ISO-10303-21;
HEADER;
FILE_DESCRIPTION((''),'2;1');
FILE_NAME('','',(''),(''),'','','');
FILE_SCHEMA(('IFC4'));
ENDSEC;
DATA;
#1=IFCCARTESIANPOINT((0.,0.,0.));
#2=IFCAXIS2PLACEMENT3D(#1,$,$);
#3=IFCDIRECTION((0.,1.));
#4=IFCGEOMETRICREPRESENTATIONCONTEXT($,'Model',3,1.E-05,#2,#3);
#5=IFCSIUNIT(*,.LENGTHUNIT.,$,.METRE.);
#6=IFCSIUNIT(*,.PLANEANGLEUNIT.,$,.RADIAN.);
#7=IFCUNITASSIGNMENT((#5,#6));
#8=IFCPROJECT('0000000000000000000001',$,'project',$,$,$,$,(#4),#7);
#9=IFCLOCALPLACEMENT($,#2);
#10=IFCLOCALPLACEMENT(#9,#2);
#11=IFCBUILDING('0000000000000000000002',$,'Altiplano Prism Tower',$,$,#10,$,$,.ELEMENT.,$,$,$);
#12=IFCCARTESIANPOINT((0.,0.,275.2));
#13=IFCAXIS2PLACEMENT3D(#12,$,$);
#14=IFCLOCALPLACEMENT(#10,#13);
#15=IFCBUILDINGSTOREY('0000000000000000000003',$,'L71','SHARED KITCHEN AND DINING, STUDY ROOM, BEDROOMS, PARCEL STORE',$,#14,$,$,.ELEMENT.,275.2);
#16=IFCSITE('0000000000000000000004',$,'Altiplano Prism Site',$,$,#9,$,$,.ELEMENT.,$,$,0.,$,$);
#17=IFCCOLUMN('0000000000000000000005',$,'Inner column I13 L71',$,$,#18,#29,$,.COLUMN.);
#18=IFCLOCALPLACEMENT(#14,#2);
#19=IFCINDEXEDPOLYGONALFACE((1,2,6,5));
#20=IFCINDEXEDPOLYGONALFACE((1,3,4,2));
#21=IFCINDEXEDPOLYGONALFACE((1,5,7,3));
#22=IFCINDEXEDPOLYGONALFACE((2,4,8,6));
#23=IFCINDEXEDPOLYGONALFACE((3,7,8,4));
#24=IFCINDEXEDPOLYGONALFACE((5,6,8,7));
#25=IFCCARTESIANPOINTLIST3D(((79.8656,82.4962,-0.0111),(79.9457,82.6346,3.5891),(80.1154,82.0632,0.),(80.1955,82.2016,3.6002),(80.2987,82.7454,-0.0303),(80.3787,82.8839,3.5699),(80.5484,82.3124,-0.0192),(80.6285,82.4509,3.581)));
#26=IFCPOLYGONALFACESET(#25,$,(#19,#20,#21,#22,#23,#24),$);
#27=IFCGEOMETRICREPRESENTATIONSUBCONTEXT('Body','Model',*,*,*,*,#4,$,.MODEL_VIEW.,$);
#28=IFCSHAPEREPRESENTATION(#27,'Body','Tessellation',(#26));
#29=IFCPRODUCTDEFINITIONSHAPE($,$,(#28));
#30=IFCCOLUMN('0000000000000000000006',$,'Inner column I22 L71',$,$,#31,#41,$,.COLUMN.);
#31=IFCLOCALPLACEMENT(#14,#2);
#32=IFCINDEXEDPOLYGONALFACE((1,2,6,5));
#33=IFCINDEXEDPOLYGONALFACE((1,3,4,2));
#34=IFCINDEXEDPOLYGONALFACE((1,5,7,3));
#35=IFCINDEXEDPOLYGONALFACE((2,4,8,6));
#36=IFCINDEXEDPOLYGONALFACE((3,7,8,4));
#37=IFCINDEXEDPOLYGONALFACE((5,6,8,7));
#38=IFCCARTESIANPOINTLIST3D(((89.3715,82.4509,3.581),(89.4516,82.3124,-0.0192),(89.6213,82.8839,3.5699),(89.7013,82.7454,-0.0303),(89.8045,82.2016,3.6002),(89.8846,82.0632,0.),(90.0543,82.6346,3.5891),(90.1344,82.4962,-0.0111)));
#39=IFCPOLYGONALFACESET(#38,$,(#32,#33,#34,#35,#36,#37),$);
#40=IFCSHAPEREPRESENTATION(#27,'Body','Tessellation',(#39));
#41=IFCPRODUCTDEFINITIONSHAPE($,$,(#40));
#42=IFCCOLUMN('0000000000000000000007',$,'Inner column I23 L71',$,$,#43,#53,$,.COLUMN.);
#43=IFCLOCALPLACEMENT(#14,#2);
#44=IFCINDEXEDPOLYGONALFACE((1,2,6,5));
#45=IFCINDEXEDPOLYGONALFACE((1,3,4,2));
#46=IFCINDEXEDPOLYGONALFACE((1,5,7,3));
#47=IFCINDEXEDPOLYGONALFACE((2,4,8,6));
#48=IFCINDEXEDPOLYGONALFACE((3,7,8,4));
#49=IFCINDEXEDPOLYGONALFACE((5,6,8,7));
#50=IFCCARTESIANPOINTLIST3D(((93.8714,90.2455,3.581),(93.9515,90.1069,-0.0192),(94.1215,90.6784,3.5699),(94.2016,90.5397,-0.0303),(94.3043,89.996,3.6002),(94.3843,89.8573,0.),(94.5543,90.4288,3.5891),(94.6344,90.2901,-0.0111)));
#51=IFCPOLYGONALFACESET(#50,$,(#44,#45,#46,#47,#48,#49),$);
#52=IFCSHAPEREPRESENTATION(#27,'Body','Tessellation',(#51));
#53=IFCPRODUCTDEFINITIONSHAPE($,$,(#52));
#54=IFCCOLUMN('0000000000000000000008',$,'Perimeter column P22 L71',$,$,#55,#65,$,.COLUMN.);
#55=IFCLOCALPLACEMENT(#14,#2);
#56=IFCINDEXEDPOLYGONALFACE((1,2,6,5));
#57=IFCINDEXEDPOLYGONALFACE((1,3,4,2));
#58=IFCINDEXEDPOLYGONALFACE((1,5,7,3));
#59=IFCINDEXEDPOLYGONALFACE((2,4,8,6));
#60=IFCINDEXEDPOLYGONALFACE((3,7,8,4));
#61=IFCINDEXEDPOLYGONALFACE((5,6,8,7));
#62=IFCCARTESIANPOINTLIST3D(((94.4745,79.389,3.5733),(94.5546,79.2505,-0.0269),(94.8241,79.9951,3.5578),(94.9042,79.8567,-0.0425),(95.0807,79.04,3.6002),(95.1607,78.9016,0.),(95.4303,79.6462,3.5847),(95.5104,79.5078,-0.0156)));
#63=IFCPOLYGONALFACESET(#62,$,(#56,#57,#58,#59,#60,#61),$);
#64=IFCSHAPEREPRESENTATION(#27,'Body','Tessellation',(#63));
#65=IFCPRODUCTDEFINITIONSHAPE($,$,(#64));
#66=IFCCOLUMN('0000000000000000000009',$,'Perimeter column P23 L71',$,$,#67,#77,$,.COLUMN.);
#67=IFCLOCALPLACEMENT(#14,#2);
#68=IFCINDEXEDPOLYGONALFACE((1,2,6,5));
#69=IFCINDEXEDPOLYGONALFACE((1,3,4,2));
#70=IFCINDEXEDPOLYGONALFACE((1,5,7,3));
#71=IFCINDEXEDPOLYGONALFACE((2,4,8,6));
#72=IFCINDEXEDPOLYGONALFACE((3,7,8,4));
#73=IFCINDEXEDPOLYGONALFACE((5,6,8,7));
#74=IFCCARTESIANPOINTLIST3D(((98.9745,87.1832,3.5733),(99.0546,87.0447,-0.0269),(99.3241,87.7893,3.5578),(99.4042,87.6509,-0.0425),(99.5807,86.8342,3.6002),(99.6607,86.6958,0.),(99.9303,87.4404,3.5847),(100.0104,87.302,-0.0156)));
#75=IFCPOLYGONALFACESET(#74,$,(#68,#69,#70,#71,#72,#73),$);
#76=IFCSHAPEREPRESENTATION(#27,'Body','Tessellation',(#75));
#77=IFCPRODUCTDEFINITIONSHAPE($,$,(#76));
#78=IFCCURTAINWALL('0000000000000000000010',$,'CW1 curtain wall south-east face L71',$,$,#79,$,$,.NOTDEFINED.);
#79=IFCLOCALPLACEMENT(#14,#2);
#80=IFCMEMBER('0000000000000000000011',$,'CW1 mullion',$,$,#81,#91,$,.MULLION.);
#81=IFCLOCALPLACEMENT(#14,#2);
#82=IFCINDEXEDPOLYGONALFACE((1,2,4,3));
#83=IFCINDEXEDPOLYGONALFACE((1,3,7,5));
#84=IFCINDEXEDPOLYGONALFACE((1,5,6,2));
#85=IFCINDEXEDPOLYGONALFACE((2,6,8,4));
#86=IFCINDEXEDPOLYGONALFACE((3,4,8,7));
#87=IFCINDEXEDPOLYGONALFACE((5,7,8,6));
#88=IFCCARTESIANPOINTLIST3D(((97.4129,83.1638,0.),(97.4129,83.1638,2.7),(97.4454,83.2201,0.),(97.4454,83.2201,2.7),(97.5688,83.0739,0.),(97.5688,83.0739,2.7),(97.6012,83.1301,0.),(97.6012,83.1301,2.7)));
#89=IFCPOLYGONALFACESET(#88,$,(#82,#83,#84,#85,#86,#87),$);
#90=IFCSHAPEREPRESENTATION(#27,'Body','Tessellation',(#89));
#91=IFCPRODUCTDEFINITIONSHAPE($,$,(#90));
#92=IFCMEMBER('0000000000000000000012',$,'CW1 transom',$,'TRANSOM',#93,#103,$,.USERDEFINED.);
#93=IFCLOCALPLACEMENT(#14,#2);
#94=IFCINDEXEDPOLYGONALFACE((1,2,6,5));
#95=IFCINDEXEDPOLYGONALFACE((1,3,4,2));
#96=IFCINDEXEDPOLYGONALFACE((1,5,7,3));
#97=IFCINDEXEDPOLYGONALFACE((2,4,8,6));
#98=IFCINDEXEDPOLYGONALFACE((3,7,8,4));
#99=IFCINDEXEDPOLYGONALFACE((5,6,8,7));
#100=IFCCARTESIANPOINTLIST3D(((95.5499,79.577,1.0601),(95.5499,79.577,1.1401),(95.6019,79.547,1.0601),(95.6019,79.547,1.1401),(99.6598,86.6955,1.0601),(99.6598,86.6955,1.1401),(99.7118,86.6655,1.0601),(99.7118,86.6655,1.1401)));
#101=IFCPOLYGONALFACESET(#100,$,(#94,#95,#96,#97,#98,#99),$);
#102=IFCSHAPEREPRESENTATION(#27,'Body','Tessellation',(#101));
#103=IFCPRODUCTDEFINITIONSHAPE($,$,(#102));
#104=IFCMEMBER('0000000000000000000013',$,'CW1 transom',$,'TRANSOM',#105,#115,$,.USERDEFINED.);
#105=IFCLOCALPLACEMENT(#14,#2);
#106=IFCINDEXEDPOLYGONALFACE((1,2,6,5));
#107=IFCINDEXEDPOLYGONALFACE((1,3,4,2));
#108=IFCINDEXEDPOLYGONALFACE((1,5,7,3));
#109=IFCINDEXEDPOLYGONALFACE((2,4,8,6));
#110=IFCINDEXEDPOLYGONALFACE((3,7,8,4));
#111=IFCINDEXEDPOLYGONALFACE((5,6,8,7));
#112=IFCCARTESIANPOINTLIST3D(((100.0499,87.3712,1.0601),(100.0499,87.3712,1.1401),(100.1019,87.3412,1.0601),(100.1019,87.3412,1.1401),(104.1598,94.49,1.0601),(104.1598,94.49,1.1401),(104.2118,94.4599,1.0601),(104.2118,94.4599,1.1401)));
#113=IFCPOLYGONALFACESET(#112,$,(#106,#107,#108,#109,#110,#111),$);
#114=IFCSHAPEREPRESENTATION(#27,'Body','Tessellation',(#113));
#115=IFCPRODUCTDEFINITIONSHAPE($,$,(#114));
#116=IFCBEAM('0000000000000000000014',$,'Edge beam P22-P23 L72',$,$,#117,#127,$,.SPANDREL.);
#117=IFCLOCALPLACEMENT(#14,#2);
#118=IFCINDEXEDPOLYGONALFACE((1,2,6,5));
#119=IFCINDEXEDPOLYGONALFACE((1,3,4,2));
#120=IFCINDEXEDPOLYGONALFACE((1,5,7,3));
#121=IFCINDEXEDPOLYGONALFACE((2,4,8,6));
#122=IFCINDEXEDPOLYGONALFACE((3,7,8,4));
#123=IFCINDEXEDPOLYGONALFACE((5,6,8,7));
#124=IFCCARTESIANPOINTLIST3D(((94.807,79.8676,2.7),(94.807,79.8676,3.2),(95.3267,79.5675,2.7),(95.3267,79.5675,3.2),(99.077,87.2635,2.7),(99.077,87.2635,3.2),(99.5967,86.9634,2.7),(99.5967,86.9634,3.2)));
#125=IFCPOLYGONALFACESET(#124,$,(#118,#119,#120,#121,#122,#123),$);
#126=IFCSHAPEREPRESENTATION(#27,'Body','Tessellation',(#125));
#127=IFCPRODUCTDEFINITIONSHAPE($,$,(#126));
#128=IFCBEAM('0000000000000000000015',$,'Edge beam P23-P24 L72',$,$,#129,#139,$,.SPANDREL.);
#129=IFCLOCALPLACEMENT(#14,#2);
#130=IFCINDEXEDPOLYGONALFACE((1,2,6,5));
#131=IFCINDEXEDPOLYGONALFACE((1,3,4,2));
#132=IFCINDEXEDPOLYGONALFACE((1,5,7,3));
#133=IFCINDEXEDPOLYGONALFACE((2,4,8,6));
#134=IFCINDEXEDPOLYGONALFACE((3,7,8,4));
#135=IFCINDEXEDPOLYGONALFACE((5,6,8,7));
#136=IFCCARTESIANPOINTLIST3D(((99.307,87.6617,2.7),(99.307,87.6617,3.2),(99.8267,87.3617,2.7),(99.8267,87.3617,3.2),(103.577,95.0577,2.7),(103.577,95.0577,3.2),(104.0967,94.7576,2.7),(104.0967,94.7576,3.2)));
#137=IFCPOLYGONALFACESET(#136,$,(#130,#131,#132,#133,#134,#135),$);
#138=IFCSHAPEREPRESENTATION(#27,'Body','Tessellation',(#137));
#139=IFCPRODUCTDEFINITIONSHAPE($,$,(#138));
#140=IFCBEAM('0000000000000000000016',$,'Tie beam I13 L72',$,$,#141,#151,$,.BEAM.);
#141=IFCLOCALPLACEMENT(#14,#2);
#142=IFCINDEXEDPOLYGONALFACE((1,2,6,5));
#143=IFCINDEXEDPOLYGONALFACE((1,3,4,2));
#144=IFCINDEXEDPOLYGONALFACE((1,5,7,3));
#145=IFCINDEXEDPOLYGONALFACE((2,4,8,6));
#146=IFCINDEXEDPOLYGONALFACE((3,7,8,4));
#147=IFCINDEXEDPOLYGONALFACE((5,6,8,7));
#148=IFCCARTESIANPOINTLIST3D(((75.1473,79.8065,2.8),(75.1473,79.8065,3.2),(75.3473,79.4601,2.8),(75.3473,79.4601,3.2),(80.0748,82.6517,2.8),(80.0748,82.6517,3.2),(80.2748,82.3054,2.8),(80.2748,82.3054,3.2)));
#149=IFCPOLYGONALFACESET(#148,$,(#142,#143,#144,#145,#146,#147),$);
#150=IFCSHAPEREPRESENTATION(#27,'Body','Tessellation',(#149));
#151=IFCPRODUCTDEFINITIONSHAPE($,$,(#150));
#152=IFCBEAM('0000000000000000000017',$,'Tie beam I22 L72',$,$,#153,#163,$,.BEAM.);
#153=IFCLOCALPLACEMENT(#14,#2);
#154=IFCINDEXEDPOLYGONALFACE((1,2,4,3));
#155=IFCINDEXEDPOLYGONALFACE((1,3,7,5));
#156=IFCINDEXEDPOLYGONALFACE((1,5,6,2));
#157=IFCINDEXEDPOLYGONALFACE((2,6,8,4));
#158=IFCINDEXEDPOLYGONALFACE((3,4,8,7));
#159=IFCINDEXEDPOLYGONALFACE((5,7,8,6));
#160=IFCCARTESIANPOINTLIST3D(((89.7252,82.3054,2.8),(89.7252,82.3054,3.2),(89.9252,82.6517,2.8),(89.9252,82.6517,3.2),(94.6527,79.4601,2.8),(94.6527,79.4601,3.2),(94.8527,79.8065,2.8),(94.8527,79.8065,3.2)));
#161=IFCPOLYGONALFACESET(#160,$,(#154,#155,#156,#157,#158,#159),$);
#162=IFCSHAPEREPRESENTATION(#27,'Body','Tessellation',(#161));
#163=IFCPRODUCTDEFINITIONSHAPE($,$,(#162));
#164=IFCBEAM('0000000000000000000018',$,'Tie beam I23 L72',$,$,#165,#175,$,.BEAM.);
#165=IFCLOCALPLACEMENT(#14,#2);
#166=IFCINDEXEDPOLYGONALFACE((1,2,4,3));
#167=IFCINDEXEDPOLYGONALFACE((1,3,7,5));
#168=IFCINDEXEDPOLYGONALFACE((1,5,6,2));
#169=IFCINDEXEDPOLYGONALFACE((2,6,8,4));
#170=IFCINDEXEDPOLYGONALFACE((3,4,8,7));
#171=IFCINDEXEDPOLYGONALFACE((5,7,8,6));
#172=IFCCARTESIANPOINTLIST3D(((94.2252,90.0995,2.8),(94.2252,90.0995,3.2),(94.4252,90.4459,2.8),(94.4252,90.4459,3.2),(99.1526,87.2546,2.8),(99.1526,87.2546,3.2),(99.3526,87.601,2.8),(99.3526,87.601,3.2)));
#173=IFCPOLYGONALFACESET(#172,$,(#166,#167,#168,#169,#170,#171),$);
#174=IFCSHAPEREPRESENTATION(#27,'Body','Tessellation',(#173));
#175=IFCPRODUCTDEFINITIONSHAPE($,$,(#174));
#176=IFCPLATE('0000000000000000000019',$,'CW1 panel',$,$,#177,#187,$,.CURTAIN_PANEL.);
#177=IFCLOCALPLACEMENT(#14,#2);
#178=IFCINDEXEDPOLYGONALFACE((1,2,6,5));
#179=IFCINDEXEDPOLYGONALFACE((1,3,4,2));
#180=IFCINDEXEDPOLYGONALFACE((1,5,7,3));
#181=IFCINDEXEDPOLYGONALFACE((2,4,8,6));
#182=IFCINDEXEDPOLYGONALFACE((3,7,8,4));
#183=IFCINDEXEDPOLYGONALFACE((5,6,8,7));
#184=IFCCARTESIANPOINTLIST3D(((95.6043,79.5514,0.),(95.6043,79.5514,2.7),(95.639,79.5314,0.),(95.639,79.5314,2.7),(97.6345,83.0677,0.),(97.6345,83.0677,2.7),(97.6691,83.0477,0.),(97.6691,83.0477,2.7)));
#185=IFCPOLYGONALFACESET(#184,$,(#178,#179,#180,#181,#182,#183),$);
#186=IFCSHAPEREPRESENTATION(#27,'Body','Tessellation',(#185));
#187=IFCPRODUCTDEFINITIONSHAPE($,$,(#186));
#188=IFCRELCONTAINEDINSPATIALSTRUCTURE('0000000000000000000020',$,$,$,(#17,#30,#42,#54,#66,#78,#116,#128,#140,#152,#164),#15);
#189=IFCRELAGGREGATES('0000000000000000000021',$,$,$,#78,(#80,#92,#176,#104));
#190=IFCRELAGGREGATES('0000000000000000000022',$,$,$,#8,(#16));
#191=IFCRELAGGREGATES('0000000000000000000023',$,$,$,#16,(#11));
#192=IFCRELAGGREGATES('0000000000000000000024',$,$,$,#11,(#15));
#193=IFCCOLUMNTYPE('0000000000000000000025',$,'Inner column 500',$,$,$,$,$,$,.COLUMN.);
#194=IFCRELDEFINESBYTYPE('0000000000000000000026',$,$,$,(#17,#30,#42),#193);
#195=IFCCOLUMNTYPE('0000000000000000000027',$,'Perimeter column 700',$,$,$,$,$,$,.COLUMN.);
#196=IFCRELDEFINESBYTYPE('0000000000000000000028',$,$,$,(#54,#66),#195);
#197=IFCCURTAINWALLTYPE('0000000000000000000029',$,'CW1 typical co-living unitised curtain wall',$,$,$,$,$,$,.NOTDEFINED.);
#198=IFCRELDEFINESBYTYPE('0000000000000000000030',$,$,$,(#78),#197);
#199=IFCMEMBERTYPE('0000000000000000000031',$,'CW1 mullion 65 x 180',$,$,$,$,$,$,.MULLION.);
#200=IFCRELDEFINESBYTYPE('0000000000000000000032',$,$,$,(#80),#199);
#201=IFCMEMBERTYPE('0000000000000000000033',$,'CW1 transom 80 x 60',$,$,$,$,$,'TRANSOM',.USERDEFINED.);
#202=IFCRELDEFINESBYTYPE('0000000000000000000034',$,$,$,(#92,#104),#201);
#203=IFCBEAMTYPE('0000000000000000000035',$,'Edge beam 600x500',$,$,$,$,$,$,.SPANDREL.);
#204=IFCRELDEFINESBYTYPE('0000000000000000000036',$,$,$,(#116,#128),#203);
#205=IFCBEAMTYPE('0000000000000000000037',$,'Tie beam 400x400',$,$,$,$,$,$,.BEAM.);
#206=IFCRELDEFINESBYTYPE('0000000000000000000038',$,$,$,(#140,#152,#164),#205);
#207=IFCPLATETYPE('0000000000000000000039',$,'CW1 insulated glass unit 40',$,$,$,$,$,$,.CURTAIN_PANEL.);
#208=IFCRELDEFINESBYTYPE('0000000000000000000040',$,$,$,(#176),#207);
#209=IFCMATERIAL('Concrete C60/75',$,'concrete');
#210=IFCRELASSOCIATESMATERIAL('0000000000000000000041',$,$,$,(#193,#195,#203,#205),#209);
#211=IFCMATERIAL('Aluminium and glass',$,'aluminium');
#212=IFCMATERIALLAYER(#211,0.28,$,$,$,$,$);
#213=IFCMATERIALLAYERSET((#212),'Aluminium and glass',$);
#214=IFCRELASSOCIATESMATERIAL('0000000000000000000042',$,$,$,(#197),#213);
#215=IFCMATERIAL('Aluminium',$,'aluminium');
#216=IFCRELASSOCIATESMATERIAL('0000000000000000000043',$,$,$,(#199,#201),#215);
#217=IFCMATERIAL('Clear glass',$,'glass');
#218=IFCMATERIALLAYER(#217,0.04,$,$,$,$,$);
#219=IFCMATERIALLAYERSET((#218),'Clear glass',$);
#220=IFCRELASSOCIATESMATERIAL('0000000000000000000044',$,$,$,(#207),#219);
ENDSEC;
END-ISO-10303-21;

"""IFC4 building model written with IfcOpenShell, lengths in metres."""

from ifc_helpers import new_model, si_unit, direction, frame, origin, origin_2d, place, context, subcontext, project, spatial, rectangle, extrude, material, layer, layer_set, material_profile, profile_set, type_object, element, aggregate, save


model = new_model("IFC4")

# Units and contexts
model_context = context("Model", 3, precision=1e-05, world=origin(), true_north=direction((0.0, 1.0)))
body_context = subcontext(model_context, "Body", "Model", "MODEL_VIEW")
ifc_project = project(units=[si_unit("LENGTHUNIT", "METRE"), si_unit("PLANEANGLEUNIT", "RADIAN")], contexts=[model_context])

# Site, building, storey
site_placement = place(None, origin())
site = spatial("IfcSite", under=ifc_project, at=site_placement, Name="Altiplano Prism Site", CompositionType="ELEMENT", RefElevation=0.0)
building_placement = place(site_placement, origin())
building = spatial("IfcBuilding", under=site, at=building_placement, Name="Altiplano Prism Tower", CompositionType="ELEMENT")
storey_placement = place(building_placement, frame((0.0, 0.0, 275.2)))
storey = spatial("IfcBuildingStorey", under=building, at=storey_placement, Name="L71", Description="SHARED KITCHEN AND DINING, STUDY ROOM, BEDROOMS, PARCEL STORE", CompositionType="ELEMENT", Elevation=275.2)

# Columns
ifc_material_1 = material(Name="Concrete C60/75", Category="concrete")
ifc_material_profile_1 = material_profile(ifc_material_1, rectangle(XDim=0.5, YDim=0.5, at=origin_2d()), Name="Inner column 500")
ifc_profile_set_1 = profile_set([ifc_material_profile_1], Name="Concrete C60/75")
column_type_1 = type_object("IfcColumnType", Name="Inner column 500", PredefinedType="COLUMN", material=ifc_profile_set_1)
for number, where, z_axis, x_axis, name in (
    (1, (80.207, 82.4043, -0.0151), (0.022221, 0.038413, 0.999015), (-0.866021, -0.498528, 0.038432), "Inner column I13 L71"),
    (2, (89.793, 82.4043, -0.0151), (-0.022221, 0.038413, 0.999015), (-0.499513, -0.866022, 0.022189), "Inner column I22 L71"),
    (3, (94.293, 90.1985, -0.0151), (-0.022221, 0.038481, 0.999012), (-0.500177, -0.865638, 0.022218), "Inner column I23 L71"),
):
    element("IfcColumn", number, at=place(storey_placement, frame(where, z_axis=z_axis, x_axis=x_axis)), inside=storey, type_object=column_type_1, Name=name, PredefinedType="COLUMN", context=body_context, shape_type="SweptSolid", body=[
        extrude(rectangle(XDim=0.5, YDim=0.5, at=origin_2d()), origin(), (0.0, 0.0, 1.0), 3.6038),
    ])
ifc_material_profile_2 = material_profile(ifc_material_1, rectangle(XDim=0.7, YDim=0.7, at=origin_2d()), Name="Perimeter column 700")
ifc_profile_set_2 = profile_set([ifc_material_profile_2], Name="Concrete C60/75")
column_type_2 = type_object("IfcColumnType", Name="Perimeter column 700", PredefinedType="COLUMN", material=ifc_profile_set_2)
for number, where, z_axis, x_axis, name in (
    (4, (95.0325, 79.3792, -0.0212), (-0.022221, 0.038413, 0.999015), (-0.499513, -0.866022, 0.022189), "Perimeter column P22 L71"),
    (5, (99.5325, 87.1733, -0.0212), (-0.022221, 0.038413, 0.999015), (-0.499515, -0.866021, 0.022189), "Perimeter column P23 L71"),
):
    element("IfcColumn", number, at=place(storey_placement, frame(where, z_axis=z_axis, x_axis=x_axis)), inside=storey, type_object=column_type_2, Name=name, PredefinedType="COLUMN", context=body_context, shape_type="SweptSolid", body=[
        extrude(rectangle(XDim=0.7, YDim=0.7, at=origin_2d()), origin(), (0.0, 0.0, 1.0), 3.6038),
    ])

# Curtain wall, members
ifc_material_2 = material(Name="Aluminium and glass", Category="aluminium")
ifc_layer_1 = layer(ifc_material_2, 0.28)
ifc_layer_set_1 = layer_set([ifc_layer_1], Name="Aluminium and glass")
curtain_wall_type = type_object("IfcCurtainWallType", Name="CW1 typical co-living unitised curtain wall", PredefinedType="NOTDEFINED", material=ifc_layer_set_1)
curtain_wall_placement = place(storey_placement, origin())
curtain_wall = element("IfcCurtainWall", 6, at=curtain_wall_placement, inside=storey, type_object=curtain_wall_type, Name="CW1 curtain wall south-east face L71", PredefinedType="NOTDEFINED")
ifc_material_3 = material(Name="Aluminium", Category="aluminium")
ifc_material_profile_3 = material_profile(ifc_material_3, rectangle(XDim=0.1799, YDim=0.0649, at=origin_2d()), Name="CW1 mullion 65 x 180")
ifc_profile_set_3 = profile_set([ifc_material_profile_3], Name="Aluminium")
member_type_1 = type_object("IfcMemberType", Name="CW1 mullion 65 x 180", PredefinedType="MULLION", material=ifc_profile_set_3)
member_1_placement = place(storey_placement, frame((97.5071, 83.147, 0.0), z_axis=(0.0, 0.0, 1.0), x_axis=(-0.866025, 0.5, 0.0)))
member_1 = element("IfcMember", 7, at=member_1_placement, type_object=member_type_1, Name="CW1 mullion", PredefinedType="MULLION", context=body_context, shape_type="SweptSolid", body=[
    extrude(rectangle(XDim=0.1799, YDim=0.0649, at=origin_2d()), origin(), (0.0, 0.0, 1.0), 2.7),
])
ifc_material_profile_4 = material_profile(ifc_material_3, rectangle(XDim=0.0601, YDim=0.0801, at=origin_2d()), Name="CW1 transom 80 x 60")
ifc_profile_set_4 = profile_set([ifc_material_profile_4], Name="Aluminium")
member_type_2 = type_object("IfcMemberType", Name="CW1 transom 80 x 60", ElementType="TRANSOM", PredefinedType="USERDEFINED", material=ifc_profile_set_4)
member_2_placement = place(storey_placement, frame((95.5759, 79.562, 1.1001), z_axis=(0.500004, 0.866023, 0.0), x_axis=(-0.866023, 0.500004, 0.0)))
member_2 = element("IfcMember", 8, at=member_2_placement, type_object=member_type_2, Name="CW1 transom", ObjectType="TRANSOM", PredefinedType="USERDEFINED", context=body_context, shape_type="SweptSolid", body=[
    extrude(rectangle(XDim=0.0601, YDim=0.0801, at=origin_2d()), origin(), (0.0, 0.0, 1.0), 8.2197),
])
member_3_placement = place(storey_placement, frame((100.0759, 87.3562, 1.1001), z_axis=(0.499992, 0.86603, 0.0), x_axis=(-0.86603, 0.499992, 0.0)))
member_3 = element("IfcMember", 9, at=member_3_placement, type_object=member_type_2, Name="CW1 transom", ObjectType="TRANSOM", PredefinedType="USERDEFINED", context=body_context, shape_type="SweptSolid", body=[
    extrude(rectangle(XDim=0.0601, YDim=0.0801, at=origin_2d()), origin(), (0.0, 0.0, 1.0), 8.22),
])

# Beams
ifc_material_profile_5 = material_profile(ifc_material_1, rectangle(XDim=0.6001, YDim=0.5, at=origin_2d()), Name="Edge beam 600x500")
ifc_profile_set_5 = profile_set([ifc_material_profile_5], Name="Concrete C60/75")
beam_type_1 = type_object("IfcBeamType", Name="Edge beam 600x500", PredefinedType="SPANDREL", material=ifc_profile_set_5)
for number, where, z_axis, x_axis, name in (
    (10, (95.0669, 79.7175, 2.95), (0.499995, 0.866028, 0.0), (-0.866028, 0.499995, 0.0), "Edge beam P22-P23 L72"),
    (11, (99.5669, 87.5117, 2.95), (0.499995, 0.866028, 0.0), (-0.866028, 0.499995, 0.0), "Edge beam P23-P24 L72"),
):
    element("IfcBeam", number, at=place(storey_placement, frame(where, z_axis=z_axis, x_axis=x_axis)), inside=storey, type_object=beam_type_1, Name=name, PredefinedType="SPANDREL", context=body_context, shape_type="SweptSolid", body=[
        extrude(rectangle(XDim=0.6001, YDim=0.5, at=origin_2d()), origin(), (0.0, 0.0, 1.0), 8.54),
    ])
ifc_material_profile_6 = material_profile(ifc_material_1, rectangle(XDim=0.3999, YDim=0.3999, at=origin_2d()), Name="Tie beam 400x400")
ifc_profile_set_6 = profile_set([ifc_material_profile_6], Name="Concrete C60/75")
beam_type_2 = type_object("IfcBeamType", Name="Tie beam 400x400", PredefinedType="BEAM", material=ifc_profile_set_6)
for number, where, z_axis, x_axis, name in (
    (12, (80.1748, 82.4785, 3.0), (-0.866001, -0.500043, 0.0), (0.500043, -0.866001, 0.0), "Tie beam I13 L72"),
    (13, (89.8252, 82.4785, 3.0), (0.866001, -0.500043, 0.0), (0.500043, 0.866001, 0.0), "Tie beam I22 L72"),
):
    element("IfcBeam", number, at=place(storey_placement, frame(where, z_axis=z_axis, x_axis=x_axis)), inside=storey, type_object=beam_type_2, Name=name, PredefinedType="BEAM", context=body_context, shape_type="SweptSolid", body=[
        extrude(rectangle(XDim=0.3999, YDim=0.3999, at=origin_2d()), origin(), (0.0, 0.0, 1.0), 5.6899),
    ])
beam_placement = place(storey_placement, frame((94.3252, 90.2727, 3.0), z_axis=(0.866019, -0.500011, 0.0), x_axis=(0.500011, 0.866019, 0.0)))
element("IfcBeam", 14, at=beam_placement, inside=storey, type_object=beam_type_2, Name="Tie beam I23 L72", PredefinedType="BEAM", context=body_context, shape_type="SweptSolid", body=[
    extrude(rectangle(XDim=0.3999, YDim=0.3999, at=origin_2d()), origin(), (0.0, 0.0, 1.0), 5.6897),
])

# Plate
ifc_material_4 = material(Name="Clear glass", Category="glass")
ifc_layer_2 = layer(ifc_material_4, 0.04)
ifc_layer_set_2 = layer_set([ifc_layer_2], Name="Clear glass")
plate_type = type_object("IfcPlateType", Name="CW1 insulated glass unit 40", PredefinedType="CURTAIN_PANEL", material=ifc_layer_set_2)
plate_1_placement = place(storey_placement, frame((96.6367, 81.2996, 0.0), z_axis=(0.0, 0.0, 1.0), x_axis=(0.5, 0.866025, 0.0)))
plate_1 = element("IfcPlate", 15, at=plate_1_placement, type_object=plate_type, Name="CW1 panel", PredefinedType="CURTAIN_PANEL", context=body_context, shape_type="SweptSolid", body=[
    extrude(rectangle(XDim=4.0603, YDim=0.04, at=origin_2d()), origin(), (0.0, 0.0, 1.0), 2.7),
])
aggregate(curtain_wall, [member_1, member_2, plate_1, member_3])

save(model, "model.ifc")
